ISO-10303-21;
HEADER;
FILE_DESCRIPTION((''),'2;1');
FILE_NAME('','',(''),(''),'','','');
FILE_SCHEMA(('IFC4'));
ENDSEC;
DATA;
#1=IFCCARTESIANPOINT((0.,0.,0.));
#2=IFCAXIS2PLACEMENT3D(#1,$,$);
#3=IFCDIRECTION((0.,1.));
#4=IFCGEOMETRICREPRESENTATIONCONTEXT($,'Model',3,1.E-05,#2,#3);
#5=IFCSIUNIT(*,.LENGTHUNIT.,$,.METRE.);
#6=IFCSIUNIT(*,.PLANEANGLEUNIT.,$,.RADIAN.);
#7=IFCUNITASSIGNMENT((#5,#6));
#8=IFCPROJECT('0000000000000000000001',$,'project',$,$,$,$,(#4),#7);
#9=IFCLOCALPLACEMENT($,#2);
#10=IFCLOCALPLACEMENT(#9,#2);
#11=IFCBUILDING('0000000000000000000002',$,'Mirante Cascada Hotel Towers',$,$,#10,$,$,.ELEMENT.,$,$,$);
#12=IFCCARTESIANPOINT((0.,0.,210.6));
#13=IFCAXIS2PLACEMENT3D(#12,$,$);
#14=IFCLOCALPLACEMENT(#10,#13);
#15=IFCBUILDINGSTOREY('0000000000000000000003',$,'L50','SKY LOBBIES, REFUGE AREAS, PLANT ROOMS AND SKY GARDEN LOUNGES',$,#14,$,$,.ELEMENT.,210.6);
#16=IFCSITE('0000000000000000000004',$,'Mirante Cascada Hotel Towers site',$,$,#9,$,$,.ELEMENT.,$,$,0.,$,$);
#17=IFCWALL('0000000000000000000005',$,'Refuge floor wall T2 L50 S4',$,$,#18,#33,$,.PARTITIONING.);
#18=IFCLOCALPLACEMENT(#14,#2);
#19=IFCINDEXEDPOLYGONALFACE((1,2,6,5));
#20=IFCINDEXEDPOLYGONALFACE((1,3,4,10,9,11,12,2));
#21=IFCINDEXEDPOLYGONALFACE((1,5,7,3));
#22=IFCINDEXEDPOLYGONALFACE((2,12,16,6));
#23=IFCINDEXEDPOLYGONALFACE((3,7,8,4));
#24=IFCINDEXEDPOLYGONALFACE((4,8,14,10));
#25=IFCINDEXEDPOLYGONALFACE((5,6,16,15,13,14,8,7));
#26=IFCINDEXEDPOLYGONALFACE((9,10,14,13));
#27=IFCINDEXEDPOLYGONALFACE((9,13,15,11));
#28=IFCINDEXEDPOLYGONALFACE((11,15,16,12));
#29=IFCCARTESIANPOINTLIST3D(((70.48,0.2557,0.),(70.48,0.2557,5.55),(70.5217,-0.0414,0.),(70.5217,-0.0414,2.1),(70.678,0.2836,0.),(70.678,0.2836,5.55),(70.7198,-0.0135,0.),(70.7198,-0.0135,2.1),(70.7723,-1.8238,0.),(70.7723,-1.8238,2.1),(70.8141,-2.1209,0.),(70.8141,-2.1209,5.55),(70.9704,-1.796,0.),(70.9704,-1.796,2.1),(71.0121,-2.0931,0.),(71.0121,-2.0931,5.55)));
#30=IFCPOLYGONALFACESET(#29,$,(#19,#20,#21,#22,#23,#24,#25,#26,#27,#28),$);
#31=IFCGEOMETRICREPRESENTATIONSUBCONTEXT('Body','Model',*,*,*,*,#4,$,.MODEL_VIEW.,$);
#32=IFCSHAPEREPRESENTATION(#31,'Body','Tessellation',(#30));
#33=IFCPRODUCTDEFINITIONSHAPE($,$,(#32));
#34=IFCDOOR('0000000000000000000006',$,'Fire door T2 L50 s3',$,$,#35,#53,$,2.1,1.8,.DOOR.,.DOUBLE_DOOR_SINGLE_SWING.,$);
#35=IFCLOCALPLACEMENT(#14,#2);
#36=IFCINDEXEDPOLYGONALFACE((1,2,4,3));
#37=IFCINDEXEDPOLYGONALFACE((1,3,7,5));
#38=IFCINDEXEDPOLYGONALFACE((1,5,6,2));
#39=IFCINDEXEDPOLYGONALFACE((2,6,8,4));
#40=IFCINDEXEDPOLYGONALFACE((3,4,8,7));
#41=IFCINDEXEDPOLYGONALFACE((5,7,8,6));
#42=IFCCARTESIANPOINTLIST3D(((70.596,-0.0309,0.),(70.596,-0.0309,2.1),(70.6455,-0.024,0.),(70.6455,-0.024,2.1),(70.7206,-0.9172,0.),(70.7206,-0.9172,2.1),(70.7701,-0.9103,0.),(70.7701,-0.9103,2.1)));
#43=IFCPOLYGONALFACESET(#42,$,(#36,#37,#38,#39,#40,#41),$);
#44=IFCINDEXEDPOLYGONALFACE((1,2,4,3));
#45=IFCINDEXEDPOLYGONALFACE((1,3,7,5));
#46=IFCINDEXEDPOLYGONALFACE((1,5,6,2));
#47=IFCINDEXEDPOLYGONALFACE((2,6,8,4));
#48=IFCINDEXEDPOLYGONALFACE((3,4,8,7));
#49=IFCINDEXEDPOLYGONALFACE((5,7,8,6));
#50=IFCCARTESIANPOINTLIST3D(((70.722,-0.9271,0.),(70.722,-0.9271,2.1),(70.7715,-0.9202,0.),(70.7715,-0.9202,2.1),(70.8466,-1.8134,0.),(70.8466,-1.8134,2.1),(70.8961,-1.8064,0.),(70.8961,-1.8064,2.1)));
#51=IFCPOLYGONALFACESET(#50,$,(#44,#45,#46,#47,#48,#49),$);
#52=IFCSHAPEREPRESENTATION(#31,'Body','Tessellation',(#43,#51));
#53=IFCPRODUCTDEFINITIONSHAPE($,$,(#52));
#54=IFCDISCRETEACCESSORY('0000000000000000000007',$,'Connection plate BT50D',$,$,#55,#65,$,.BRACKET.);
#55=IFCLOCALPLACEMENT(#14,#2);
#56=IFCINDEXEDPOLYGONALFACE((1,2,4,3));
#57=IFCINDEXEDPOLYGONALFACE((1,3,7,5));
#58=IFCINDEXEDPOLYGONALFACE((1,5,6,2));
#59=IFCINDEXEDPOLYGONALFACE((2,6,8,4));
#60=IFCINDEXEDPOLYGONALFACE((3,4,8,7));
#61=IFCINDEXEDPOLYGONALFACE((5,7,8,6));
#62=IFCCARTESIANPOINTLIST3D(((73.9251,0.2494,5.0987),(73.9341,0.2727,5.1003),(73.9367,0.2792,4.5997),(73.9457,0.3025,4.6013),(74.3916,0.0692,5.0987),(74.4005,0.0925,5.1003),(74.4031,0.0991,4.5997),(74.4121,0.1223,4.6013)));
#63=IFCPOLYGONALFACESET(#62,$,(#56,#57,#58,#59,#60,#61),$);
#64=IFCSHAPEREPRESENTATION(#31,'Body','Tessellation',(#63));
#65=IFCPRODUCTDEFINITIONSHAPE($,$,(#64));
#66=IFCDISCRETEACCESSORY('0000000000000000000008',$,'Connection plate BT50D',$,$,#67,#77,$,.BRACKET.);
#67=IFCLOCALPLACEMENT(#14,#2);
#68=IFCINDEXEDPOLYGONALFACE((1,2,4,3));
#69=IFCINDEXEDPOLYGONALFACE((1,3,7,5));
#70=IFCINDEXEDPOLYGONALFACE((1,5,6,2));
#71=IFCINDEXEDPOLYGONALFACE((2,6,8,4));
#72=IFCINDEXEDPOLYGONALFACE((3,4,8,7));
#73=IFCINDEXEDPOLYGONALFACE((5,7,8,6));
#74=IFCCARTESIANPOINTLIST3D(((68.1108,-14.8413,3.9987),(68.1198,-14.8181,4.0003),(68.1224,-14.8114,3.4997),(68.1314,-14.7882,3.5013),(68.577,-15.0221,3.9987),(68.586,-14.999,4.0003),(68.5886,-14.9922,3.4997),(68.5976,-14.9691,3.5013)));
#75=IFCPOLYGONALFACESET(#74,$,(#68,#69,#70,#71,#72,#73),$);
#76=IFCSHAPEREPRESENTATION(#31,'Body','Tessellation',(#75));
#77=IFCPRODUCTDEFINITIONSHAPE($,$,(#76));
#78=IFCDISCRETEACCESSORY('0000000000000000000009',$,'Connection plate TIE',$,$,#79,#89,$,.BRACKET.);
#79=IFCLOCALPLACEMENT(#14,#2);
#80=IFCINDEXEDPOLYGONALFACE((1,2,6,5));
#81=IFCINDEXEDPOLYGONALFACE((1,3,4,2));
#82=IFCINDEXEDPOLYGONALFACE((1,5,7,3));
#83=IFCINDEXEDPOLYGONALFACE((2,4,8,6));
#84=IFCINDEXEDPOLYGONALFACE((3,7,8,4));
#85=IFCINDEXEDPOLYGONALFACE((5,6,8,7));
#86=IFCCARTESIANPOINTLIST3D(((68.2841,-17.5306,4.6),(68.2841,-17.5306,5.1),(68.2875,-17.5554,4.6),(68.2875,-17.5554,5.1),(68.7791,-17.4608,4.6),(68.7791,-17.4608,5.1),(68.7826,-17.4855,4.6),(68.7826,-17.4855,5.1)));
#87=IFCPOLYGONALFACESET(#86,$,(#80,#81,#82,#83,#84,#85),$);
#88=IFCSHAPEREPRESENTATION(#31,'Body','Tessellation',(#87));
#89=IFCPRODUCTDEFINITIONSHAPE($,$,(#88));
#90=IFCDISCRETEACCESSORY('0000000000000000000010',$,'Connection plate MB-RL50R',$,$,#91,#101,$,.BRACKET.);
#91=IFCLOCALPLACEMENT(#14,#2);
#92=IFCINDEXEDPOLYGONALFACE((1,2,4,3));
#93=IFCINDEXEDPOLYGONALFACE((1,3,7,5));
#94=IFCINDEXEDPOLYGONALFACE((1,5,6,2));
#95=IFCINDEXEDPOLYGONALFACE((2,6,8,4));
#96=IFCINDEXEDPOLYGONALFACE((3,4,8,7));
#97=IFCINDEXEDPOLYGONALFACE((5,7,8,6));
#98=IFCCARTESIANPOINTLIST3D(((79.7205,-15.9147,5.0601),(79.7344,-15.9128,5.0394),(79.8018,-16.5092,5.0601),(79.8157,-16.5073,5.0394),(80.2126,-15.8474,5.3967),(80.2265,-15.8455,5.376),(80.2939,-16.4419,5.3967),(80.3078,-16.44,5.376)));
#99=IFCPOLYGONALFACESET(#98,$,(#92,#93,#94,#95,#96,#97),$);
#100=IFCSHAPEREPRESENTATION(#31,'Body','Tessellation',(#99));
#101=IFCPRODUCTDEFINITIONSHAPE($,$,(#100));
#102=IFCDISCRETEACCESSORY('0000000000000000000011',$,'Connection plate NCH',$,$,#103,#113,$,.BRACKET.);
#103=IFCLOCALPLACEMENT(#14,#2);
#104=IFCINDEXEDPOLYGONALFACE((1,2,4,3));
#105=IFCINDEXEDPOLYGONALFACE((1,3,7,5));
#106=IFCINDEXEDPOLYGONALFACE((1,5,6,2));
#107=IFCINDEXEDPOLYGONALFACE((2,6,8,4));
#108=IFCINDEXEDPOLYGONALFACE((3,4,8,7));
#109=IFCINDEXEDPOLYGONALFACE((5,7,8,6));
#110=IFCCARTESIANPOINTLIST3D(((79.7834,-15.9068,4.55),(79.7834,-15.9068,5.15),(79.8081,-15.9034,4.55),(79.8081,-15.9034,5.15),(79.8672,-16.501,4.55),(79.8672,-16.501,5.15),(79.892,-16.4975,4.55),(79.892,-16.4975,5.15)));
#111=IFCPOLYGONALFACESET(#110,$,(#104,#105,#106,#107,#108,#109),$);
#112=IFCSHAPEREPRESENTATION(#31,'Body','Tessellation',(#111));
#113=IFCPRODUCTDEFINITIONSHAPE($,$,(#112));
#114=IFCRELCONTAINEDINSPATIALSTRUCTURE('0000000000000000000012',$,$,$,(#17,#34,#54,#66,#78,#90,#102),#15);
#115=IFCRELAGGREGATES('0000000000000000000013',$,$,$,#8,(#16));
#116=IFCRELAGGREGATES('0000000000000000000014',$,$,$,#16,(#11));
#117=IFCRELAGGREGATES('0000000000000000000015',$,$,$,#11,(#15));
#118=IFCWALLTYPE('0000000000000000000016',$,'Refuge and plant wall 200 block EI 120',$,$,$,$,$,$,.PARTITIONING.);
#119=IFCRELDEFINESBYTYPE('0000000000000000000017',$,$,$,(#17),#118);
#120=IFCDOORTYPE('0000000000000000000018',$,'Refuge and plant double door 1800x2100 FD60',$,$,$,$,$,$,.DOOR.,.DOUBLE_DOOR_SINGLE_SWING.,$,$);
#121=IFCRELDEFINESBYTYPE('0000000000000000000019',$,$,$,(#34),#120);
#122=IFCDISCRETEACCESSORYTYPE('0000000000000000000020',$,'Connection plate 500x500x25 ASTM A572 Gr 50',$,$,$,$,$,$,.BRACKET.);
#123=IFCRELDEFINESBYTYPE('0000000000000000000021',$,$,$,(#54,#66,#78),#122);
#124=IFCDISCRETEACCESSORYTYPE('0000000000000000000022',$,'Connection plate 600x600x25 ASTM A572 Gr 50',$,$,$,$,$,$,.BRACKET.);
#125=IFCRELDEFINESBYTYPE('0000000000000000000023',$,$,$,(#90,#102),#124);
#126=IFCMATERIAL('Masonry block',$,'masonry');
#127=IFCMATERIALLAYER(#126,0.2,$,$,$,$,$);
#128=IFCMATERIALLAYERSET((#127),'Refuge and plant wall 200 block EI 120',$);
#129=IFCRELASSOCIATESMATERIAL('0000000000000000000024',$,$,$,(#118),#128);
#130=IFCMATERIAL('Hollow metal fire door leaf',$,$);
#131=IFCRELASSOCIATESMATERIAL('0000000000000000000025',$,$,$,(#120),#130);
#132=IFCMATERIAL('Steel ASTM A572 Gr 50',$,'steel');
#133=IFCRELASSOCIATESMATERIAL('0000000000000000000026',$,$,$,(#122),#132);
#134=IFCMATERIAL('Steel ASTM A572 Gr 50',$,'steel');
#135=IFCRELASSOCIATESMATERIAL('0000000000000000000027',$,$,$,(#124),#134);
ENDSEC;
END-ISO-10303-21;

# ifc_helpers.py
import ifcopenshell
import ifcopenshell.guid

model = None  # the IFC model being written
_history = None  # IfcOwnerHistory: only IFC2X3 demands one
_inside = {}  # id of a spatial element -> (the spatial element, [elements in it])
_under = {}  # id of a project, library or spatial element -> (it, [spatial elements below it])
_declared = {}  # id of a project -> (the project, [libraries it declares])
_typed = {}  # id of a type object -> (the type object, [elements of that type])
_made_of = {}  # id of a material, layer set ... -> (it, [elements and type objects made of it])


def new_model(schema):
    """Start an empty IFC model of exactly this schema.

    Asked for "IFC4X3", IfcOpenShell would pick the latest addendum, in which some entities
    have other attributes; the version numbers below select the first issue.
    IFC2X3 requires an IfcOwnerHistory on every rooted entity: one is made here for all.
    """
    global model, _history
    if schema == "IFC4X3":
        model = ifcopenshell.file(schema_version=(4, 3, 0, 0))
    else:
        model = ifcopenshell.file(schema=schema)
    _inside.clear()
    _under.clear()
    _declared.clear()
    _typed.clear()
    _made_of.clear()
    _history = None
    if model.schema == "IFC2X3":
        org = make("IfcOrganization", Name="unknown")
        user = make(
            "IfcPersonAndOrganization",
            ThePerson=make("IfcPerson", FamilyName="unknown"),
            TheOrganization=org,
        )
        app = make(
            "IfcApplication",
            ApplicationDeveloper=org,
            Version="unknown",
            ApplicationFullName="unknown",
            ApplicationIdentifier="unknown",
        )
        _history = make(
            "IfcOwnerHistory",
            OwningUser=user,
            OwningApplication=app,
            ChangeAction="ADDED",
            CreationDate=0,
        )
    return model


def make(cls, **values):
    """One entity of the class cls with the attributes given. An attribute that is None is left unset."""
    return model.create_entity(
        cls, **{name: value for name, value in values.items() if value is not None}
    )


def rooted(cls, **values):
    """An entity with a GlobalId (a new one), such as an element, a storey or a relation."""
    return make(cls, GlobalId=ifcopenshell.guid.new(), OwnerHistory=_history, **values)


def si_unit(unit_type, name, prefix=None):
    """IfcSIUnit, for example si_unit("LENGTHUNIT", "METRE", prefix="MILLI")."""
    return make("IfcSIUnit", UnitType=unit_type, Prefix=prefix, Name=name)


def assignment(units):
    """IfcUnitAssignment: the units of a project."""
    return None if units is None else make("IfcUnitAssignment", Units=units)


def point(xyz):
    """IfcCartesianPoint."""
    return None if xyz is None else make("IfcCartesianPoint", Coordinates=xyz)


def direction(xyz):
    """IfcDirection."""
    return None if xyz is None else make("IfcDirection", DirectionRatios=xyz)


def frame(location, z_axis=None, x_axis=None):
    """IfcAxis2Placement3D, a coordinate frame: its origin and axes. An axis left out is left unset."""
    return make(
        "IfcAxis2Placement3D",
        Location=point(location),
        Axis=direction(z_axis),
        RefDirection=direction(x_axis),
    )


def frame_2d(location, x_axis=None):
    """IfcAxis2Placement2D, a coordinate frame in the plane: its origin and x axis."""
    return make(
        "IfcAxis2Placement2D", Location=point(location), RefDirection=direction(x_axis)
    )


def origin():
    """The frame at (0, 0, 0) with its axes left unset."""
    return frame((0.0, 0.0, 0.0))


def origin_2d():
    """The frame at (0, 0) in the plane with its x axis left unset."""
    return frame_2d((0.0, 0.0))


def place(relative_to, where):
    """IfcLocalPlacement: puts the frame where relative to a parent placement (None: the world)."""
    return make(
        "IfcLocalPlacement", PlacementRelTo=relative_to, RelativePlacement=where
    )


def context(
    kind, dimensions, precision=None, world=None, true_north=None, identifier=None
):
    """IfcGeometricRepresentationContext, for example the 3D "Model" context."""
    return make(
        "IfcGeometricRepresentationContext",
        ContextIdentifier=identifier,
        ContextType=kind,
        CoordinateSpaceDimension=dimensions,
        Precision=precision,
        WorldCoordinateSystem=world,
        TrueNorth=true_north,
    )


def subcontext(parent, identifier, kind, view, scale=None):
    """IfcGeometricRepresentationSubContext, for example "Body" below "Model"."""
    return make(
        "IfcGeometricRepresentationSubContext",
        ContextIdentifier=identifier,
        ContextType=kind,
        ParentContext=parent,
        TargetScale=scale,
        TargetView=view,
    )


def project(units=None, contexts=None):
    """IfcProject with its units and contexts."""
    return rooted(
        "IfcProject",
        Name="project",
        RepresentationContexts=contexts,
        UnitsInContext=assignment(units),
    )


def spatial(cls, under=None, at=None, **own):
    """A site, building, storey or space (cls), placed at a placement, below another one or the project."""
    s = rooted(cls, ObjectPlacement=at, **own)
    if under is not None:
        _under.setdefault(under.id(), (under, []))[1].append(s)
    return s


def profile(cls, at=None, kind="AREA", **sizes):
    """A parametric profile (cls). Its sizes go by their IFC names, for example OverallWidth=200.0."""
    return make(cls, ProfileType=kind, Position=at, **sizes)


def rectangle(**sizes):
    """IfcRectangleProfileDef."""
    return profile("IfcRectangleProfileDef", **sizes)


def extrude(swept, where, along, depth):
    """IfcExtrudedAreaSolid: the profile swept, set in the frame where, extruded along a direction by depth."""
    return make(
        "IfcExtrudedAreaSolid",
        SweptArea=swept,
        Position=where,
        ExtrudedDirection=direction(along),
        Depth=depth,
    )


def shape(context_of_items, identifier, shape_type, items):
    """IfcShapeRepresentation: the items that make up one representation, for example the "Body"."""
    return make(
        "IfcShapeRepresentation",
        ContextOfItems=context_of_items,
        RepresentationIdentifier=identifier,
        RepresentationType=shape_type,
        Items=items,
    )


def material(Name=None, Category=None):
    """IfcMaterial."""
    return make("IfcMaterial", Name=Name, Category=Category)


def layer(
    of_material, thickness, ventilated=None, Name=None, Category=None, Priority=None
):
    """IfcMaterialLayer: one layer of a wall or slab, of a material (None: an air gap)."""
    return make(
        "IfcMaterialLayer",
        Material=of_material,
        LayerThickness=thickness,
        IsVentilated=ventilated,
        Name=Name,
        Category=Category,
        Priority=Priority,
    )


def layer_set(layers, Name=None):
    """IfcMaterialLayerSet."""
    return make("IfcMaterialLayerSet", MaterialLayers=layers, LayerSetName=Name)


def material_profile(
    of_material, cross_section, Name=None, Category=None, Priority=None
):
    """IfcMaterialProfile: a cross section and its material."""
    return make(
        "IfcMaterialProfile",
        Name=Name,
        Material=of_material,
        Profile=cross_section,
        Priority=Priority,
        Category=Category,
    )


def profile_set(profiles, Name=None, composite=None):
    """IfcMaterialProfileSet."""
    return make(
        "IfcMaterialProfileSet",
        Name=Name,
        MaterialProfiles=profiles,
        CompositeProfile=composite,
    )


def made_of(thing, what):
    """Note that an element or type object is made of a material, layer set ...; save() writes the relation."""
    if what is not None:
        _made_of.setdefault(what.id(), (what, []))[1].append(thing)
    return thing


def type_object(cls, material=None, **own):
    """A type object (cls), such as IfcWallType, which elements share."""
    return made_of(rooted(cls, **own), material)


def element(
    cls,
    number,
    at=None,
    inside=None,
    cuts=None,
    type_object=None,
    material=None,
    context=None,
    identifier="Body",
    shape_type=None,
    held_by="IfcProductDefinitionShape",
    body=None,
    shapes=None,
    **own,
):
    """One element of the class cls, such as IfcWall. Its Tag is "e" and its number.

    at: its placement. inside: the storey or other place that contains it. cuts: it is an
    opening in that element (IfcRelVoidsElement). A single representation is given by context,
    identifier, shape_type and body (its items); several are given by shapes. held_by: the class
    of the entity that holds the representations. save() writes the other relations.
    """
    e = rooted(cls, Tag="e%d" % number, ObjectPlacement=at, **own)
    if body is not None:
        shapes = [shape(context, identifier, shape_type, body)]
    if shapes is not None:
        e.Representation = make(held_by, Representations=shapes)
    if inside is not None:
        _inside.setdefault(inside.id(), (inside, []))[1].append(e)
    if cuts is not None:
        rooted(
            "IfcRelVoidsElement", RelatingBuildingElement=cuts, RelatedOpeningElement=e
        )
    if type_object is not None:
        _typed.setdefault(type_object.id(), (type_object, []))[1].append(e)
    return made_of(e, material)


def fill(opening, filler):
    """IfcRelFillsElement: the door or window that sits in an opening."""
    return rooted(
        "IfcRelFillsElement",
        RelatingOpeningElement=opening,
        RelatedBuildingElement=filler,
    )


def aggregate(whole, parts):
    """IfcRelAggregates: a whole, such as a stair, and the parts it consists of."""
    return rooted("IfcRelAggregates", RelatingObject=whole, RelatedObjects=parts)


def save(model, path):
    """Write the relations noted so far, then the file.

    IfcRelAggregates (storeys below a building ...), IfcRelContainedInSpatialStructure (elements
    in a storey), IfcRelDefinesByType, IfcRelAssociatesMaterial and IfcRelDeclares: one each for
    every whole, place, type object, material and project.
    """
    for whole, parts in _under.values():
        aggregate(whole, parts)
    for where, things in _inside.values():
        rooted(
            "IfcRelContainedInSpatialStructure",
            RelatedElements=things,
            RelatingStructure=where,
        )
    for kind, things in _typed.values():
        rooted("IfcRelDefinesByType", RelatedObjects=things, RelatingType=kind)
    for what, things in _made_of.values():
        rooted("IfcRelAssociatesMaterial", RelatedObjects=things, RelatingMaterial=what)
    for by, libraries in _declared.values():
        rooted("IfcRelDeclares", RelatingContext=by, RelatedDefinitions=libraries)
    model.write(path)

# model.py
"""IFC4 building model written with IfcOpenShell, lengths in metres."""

from ifc_helpers import new_model, si_unit, direction, frame, frame_2d, origin, origin_2d, place, context, subcontext, project, spatial, rectangle, extrude, material, layer, layer_set, material_profile, profile_set, type_object, element, fill, save


model = new_model("IFC4")

# Units and contexts
model_context = context("Model", 3, precision=1e-05, world=origin(), true_north=direction((0.0, 1.0)))
body_context = subcontext(model_context, "Body", "Model", "MODEL_VIEW")
ifc_project = project(units=[si_unit("LENGTHUNIT", "METRE"), si_unit("PLANEANGLEUNIT", "RADIAN")], contexts=[model_context])

# Site, building, storey
site_placement = place(None, origin())
site = spatial("IfcSite", under=ifc_project, at=site_placement, Name="Mirante Cascada Hotel Towers site", CompositionType="ELEMENT", RefElevation=0.0)
building_placement = place(site_placement, origin())
building = spatial("IfcBuilding", under=site, at=building_placement, Name="Mirante Cascada Hotel Towers", CompositionType="ELEMENT")
storey_placement = place(building_placement, frame((0.0, 0.0, 210.6)))
storey = spatial("IfcBuildingStorey", under=building, at=storey_placement, Name="L50", Description="SKY LOBBIES, REFUGE AREAS, PLANT ROOMS AND SKY GARDEN LOUNGES", CompositionType="ELEMENT", Elevation=210.6)

# Wall, opening, door
ifc_material_1 = material(Name="Masonry block", Category="masonry")
ifc_layer_1 = layer(ifc_material_1, 0.2)
ifc_layer_set_1 = layer_set([ifc_layer_1], Name="Refuge and plant wall 200 block EI 120")
wall_type_1 = type_object("IfcWallType", Name="Refuge and plant wall 200 block EI 120", PredefinedType="PARTITIONING", material=ifc_layer_set_1)
wall_1_placement = place(storey_placement, frame((70.9131, -2.107, 0.0), z_axis=(0.0, 0.0, 1.0), x_axis=(-0.13921, 0.990263, 0.0)))
wall_1 = element("IfcWall", 1, at=wall_1_placement, inside=storey, type_object=wall_type_1, Name="Refuge floor wall T2 L50 S4", PredefinedType="PARTITIONING", context=body_context, shape_type="SweptSolid", body=[
    extrude(rectangle(XDim=2.4, YDim=0.2, at=frame_2d((1.2, 0.0))), origin(), (0.0, 0.0, 1.0), 5.55),
])
opening_1_placement = place(wall_1_placement, frame((0.3, 0.0, 0.0)))
opening_1 = element("IfcOpeningElement", 2, at=opening_1_placement, cuts=wall_1, PredefinedType="OPENING", context=body_context, shape_type="SweptSolid", body=[
    extrude(rectangle(XDim=1.8, YDim=2.1, at=frame_2d((0.9, 1.05))), frame((0.0, 0.1, 0.0), z_axis=(0.0, -1.0, 0.0), x_axis=(1.0, 0.0, 0.0)), (0.0, 0.0, 1.0), 0.2),
])
ifc_material_2 = material(Name="Hollow metal fire door leaf")
door_type = type_object("IfcDoorType", Name="Refuge and plant double door 1800x2100 FD60", OperationType="DOUBLE_DOOR_SINGLE_SWING", PredefinedType="DOOR", material=ifc_material_2)
door_placement = place(opening_1_placement, frame((1.8, 0.0, 0.0), z_axis=(0.0, 0.0, 1.0), x_axis=(-1.0, 0.0, 0.0)))
door = element("IfcDoor", 3, at=door_placement, inside=storey, type_object=door_type, Name="Fire door T2 L50 s3", OperationType="DOUBLE_DOOR_SINGLE_SWING", OverallHeight=2.1, OverallWidth=1.8, PredefinedType="DOOR", context=body_context, shape_type="SweptSolid", body=[
    extrude(rectangle(XDim=0.895, YDim=2.1, at=frame_2d((0.4475, 1.05))), frame((0.0, 0.025, 0.0), z_axis=(0.0, -1.0, 0.0), x_axis=(1.0, 0.0, 0.0)), (0.0, 0.0, 1.0), 0.05),
    extrude(rectangle(XDim=0.895, YDim=2.1, at=frame_2d((1.3525, 1.05))), frame((0.0, 0.025, 0.0), z_axis=(0.0, -1.0, 0.0), x_axis=(1.0, 0.0, 0.0)), (0.0, 0.0, 1.0), 0.05),
])
fill(opening_1, door)

# Discrete accessories
ifc_material_3 = material(Name="Steel ASTM A572 Gr 50", Category="steel")
ifc_material_profile_1 = material_profile(ifc_material_3, rectangle(XDim=0.5, YDim=0.5, at=origin_2d()), Name="Connection plate 500x500x25 ASTM A572 Gr 50")
ifc_profile_set_1 = profile_set([ifc_material_profile_1], Name="Steel ASTM A572 Gr 50")
discrete_accessory_type_1 = type_object("IfcDiscreteAccessoryType", Name="Connection plate 500x500x25 ASTM A572 Gr 50", PredefinedType="BRACKET", material=ifc_profile_set_1)
discrete_accessory_1_placement = place(storey_placement, frame((74.1731, 0.1975, 4.8508), z_axis=(-0.359583, -0.930921, -0.063926), x_axis=(0.932829, -0.36032, 0.0)))
element("IfcDiscreteAccessory", 4, at=discrete_accessory_1_placement, inside=storey, type_object=discrete_accessory_type_1, Name="Connection plate BT50D", PredefinedType="BRACKET", context=body_context, shape_type="SweptSolid", body=[
    extrude(rectangle(XDim=0.5, YDim=0.5, at=origin_2d()), origin(), (0.0, 0.0, 1.0), 0.025),
])
discrete_accessory_2_placement = place(storey_placement, frame((68.3587, -14.8936, 3.7508), z_axis=(-0.360925, -0.930385, -0.064164), x_axis=(0.932306, -0.36167, 0.0)))
element("IfcDiscreteAccessory", 5, at=discrete_accessory_2_placement, inside=storey, type_object=discrete_accessory_type_1, Name="Connection plate BT50D", PredefinedType="BRACKET", context=body_context, shape_type="SweptSolid", body=[
    extrude(rectangle(XDim=0.5, YDim=0.5, at=origin_2d()), origin(), (0.0, 0.0, 1.0), 0.0249),
])
discrete_accessory_3_placement = place(storey_placement, frame((68.5316, -17.4957, 4.85), z_axis=(0.139744, -0.990188, 0.0), x_axis=(0.990188, 0.139744, 0.0)))
element("IfcDiscreteAccessory", 6, at=discrete_accessory_3_placement, inside=storey, type_object=discrete_accessory_type_1, Name="Connection plate TIE", PredefinedType="BRACKET", context=body_context, shape_type="SweptSolid", body=[
    extrude(rectangle(XDim=0.5, YDim=0.5, at=origin_2d()), origin(), (0.0, 0.0, 1.0), 0.025),
])
ifc_material_4 = material(Name="Steel ASTM A572 Gr 50", Category="steel")
ifc_material_profile_2 = material_profile(ifc_material_4, rectangle(XDim=0.6, YDim=0.6, at=origin_2d()), Name="Connection plate 600x600x25 ASTM A572 Gr 50")
ifc_profile_set_2 = profile_set([ifc_material_profile_2], Name="Steel ASTM A572 Gr 50")
discrete_accessory_type_2 = type_object("IfcDiscreteAccessoryType", Name="Connection plate 600x600x25 ASTM A572 Gr 50", PredefinedType="BRACKET", material=ifc_profile_set_2)
for number, where, z_axis, x_axis, name in (
    (7, (80.0211, -16.1764, 5.2077), (-0.555862, -0.075981, 0.827795), (0.135431, -0.990787, 0.0), "Connection plate MB-RL50R"),
    (8, (79.8253, -16.2039, 4.85), (0.990188, 0.139744, 0.0), (-0.139744, 0.990188, 0.0), "Connection plate NCH"),
):
    element("IfcDiscreteAccessory", number, at=place(storey_placement, frame(where, z_axis=z_axis, x_axis=x_axis)), inside=storey, type_object=discrete_accessory_type_2, Name=name, PredefinedType="BRACKET", context=body_context, shape_type="SweptSolid", body=[
        extrude(rectangle(XDim=0.6, YDim=0.6, at=origin_2d()), origin(), (0.0, 0.0, 1.0), 0.025),
    ])

save(model, "model.ifc")
